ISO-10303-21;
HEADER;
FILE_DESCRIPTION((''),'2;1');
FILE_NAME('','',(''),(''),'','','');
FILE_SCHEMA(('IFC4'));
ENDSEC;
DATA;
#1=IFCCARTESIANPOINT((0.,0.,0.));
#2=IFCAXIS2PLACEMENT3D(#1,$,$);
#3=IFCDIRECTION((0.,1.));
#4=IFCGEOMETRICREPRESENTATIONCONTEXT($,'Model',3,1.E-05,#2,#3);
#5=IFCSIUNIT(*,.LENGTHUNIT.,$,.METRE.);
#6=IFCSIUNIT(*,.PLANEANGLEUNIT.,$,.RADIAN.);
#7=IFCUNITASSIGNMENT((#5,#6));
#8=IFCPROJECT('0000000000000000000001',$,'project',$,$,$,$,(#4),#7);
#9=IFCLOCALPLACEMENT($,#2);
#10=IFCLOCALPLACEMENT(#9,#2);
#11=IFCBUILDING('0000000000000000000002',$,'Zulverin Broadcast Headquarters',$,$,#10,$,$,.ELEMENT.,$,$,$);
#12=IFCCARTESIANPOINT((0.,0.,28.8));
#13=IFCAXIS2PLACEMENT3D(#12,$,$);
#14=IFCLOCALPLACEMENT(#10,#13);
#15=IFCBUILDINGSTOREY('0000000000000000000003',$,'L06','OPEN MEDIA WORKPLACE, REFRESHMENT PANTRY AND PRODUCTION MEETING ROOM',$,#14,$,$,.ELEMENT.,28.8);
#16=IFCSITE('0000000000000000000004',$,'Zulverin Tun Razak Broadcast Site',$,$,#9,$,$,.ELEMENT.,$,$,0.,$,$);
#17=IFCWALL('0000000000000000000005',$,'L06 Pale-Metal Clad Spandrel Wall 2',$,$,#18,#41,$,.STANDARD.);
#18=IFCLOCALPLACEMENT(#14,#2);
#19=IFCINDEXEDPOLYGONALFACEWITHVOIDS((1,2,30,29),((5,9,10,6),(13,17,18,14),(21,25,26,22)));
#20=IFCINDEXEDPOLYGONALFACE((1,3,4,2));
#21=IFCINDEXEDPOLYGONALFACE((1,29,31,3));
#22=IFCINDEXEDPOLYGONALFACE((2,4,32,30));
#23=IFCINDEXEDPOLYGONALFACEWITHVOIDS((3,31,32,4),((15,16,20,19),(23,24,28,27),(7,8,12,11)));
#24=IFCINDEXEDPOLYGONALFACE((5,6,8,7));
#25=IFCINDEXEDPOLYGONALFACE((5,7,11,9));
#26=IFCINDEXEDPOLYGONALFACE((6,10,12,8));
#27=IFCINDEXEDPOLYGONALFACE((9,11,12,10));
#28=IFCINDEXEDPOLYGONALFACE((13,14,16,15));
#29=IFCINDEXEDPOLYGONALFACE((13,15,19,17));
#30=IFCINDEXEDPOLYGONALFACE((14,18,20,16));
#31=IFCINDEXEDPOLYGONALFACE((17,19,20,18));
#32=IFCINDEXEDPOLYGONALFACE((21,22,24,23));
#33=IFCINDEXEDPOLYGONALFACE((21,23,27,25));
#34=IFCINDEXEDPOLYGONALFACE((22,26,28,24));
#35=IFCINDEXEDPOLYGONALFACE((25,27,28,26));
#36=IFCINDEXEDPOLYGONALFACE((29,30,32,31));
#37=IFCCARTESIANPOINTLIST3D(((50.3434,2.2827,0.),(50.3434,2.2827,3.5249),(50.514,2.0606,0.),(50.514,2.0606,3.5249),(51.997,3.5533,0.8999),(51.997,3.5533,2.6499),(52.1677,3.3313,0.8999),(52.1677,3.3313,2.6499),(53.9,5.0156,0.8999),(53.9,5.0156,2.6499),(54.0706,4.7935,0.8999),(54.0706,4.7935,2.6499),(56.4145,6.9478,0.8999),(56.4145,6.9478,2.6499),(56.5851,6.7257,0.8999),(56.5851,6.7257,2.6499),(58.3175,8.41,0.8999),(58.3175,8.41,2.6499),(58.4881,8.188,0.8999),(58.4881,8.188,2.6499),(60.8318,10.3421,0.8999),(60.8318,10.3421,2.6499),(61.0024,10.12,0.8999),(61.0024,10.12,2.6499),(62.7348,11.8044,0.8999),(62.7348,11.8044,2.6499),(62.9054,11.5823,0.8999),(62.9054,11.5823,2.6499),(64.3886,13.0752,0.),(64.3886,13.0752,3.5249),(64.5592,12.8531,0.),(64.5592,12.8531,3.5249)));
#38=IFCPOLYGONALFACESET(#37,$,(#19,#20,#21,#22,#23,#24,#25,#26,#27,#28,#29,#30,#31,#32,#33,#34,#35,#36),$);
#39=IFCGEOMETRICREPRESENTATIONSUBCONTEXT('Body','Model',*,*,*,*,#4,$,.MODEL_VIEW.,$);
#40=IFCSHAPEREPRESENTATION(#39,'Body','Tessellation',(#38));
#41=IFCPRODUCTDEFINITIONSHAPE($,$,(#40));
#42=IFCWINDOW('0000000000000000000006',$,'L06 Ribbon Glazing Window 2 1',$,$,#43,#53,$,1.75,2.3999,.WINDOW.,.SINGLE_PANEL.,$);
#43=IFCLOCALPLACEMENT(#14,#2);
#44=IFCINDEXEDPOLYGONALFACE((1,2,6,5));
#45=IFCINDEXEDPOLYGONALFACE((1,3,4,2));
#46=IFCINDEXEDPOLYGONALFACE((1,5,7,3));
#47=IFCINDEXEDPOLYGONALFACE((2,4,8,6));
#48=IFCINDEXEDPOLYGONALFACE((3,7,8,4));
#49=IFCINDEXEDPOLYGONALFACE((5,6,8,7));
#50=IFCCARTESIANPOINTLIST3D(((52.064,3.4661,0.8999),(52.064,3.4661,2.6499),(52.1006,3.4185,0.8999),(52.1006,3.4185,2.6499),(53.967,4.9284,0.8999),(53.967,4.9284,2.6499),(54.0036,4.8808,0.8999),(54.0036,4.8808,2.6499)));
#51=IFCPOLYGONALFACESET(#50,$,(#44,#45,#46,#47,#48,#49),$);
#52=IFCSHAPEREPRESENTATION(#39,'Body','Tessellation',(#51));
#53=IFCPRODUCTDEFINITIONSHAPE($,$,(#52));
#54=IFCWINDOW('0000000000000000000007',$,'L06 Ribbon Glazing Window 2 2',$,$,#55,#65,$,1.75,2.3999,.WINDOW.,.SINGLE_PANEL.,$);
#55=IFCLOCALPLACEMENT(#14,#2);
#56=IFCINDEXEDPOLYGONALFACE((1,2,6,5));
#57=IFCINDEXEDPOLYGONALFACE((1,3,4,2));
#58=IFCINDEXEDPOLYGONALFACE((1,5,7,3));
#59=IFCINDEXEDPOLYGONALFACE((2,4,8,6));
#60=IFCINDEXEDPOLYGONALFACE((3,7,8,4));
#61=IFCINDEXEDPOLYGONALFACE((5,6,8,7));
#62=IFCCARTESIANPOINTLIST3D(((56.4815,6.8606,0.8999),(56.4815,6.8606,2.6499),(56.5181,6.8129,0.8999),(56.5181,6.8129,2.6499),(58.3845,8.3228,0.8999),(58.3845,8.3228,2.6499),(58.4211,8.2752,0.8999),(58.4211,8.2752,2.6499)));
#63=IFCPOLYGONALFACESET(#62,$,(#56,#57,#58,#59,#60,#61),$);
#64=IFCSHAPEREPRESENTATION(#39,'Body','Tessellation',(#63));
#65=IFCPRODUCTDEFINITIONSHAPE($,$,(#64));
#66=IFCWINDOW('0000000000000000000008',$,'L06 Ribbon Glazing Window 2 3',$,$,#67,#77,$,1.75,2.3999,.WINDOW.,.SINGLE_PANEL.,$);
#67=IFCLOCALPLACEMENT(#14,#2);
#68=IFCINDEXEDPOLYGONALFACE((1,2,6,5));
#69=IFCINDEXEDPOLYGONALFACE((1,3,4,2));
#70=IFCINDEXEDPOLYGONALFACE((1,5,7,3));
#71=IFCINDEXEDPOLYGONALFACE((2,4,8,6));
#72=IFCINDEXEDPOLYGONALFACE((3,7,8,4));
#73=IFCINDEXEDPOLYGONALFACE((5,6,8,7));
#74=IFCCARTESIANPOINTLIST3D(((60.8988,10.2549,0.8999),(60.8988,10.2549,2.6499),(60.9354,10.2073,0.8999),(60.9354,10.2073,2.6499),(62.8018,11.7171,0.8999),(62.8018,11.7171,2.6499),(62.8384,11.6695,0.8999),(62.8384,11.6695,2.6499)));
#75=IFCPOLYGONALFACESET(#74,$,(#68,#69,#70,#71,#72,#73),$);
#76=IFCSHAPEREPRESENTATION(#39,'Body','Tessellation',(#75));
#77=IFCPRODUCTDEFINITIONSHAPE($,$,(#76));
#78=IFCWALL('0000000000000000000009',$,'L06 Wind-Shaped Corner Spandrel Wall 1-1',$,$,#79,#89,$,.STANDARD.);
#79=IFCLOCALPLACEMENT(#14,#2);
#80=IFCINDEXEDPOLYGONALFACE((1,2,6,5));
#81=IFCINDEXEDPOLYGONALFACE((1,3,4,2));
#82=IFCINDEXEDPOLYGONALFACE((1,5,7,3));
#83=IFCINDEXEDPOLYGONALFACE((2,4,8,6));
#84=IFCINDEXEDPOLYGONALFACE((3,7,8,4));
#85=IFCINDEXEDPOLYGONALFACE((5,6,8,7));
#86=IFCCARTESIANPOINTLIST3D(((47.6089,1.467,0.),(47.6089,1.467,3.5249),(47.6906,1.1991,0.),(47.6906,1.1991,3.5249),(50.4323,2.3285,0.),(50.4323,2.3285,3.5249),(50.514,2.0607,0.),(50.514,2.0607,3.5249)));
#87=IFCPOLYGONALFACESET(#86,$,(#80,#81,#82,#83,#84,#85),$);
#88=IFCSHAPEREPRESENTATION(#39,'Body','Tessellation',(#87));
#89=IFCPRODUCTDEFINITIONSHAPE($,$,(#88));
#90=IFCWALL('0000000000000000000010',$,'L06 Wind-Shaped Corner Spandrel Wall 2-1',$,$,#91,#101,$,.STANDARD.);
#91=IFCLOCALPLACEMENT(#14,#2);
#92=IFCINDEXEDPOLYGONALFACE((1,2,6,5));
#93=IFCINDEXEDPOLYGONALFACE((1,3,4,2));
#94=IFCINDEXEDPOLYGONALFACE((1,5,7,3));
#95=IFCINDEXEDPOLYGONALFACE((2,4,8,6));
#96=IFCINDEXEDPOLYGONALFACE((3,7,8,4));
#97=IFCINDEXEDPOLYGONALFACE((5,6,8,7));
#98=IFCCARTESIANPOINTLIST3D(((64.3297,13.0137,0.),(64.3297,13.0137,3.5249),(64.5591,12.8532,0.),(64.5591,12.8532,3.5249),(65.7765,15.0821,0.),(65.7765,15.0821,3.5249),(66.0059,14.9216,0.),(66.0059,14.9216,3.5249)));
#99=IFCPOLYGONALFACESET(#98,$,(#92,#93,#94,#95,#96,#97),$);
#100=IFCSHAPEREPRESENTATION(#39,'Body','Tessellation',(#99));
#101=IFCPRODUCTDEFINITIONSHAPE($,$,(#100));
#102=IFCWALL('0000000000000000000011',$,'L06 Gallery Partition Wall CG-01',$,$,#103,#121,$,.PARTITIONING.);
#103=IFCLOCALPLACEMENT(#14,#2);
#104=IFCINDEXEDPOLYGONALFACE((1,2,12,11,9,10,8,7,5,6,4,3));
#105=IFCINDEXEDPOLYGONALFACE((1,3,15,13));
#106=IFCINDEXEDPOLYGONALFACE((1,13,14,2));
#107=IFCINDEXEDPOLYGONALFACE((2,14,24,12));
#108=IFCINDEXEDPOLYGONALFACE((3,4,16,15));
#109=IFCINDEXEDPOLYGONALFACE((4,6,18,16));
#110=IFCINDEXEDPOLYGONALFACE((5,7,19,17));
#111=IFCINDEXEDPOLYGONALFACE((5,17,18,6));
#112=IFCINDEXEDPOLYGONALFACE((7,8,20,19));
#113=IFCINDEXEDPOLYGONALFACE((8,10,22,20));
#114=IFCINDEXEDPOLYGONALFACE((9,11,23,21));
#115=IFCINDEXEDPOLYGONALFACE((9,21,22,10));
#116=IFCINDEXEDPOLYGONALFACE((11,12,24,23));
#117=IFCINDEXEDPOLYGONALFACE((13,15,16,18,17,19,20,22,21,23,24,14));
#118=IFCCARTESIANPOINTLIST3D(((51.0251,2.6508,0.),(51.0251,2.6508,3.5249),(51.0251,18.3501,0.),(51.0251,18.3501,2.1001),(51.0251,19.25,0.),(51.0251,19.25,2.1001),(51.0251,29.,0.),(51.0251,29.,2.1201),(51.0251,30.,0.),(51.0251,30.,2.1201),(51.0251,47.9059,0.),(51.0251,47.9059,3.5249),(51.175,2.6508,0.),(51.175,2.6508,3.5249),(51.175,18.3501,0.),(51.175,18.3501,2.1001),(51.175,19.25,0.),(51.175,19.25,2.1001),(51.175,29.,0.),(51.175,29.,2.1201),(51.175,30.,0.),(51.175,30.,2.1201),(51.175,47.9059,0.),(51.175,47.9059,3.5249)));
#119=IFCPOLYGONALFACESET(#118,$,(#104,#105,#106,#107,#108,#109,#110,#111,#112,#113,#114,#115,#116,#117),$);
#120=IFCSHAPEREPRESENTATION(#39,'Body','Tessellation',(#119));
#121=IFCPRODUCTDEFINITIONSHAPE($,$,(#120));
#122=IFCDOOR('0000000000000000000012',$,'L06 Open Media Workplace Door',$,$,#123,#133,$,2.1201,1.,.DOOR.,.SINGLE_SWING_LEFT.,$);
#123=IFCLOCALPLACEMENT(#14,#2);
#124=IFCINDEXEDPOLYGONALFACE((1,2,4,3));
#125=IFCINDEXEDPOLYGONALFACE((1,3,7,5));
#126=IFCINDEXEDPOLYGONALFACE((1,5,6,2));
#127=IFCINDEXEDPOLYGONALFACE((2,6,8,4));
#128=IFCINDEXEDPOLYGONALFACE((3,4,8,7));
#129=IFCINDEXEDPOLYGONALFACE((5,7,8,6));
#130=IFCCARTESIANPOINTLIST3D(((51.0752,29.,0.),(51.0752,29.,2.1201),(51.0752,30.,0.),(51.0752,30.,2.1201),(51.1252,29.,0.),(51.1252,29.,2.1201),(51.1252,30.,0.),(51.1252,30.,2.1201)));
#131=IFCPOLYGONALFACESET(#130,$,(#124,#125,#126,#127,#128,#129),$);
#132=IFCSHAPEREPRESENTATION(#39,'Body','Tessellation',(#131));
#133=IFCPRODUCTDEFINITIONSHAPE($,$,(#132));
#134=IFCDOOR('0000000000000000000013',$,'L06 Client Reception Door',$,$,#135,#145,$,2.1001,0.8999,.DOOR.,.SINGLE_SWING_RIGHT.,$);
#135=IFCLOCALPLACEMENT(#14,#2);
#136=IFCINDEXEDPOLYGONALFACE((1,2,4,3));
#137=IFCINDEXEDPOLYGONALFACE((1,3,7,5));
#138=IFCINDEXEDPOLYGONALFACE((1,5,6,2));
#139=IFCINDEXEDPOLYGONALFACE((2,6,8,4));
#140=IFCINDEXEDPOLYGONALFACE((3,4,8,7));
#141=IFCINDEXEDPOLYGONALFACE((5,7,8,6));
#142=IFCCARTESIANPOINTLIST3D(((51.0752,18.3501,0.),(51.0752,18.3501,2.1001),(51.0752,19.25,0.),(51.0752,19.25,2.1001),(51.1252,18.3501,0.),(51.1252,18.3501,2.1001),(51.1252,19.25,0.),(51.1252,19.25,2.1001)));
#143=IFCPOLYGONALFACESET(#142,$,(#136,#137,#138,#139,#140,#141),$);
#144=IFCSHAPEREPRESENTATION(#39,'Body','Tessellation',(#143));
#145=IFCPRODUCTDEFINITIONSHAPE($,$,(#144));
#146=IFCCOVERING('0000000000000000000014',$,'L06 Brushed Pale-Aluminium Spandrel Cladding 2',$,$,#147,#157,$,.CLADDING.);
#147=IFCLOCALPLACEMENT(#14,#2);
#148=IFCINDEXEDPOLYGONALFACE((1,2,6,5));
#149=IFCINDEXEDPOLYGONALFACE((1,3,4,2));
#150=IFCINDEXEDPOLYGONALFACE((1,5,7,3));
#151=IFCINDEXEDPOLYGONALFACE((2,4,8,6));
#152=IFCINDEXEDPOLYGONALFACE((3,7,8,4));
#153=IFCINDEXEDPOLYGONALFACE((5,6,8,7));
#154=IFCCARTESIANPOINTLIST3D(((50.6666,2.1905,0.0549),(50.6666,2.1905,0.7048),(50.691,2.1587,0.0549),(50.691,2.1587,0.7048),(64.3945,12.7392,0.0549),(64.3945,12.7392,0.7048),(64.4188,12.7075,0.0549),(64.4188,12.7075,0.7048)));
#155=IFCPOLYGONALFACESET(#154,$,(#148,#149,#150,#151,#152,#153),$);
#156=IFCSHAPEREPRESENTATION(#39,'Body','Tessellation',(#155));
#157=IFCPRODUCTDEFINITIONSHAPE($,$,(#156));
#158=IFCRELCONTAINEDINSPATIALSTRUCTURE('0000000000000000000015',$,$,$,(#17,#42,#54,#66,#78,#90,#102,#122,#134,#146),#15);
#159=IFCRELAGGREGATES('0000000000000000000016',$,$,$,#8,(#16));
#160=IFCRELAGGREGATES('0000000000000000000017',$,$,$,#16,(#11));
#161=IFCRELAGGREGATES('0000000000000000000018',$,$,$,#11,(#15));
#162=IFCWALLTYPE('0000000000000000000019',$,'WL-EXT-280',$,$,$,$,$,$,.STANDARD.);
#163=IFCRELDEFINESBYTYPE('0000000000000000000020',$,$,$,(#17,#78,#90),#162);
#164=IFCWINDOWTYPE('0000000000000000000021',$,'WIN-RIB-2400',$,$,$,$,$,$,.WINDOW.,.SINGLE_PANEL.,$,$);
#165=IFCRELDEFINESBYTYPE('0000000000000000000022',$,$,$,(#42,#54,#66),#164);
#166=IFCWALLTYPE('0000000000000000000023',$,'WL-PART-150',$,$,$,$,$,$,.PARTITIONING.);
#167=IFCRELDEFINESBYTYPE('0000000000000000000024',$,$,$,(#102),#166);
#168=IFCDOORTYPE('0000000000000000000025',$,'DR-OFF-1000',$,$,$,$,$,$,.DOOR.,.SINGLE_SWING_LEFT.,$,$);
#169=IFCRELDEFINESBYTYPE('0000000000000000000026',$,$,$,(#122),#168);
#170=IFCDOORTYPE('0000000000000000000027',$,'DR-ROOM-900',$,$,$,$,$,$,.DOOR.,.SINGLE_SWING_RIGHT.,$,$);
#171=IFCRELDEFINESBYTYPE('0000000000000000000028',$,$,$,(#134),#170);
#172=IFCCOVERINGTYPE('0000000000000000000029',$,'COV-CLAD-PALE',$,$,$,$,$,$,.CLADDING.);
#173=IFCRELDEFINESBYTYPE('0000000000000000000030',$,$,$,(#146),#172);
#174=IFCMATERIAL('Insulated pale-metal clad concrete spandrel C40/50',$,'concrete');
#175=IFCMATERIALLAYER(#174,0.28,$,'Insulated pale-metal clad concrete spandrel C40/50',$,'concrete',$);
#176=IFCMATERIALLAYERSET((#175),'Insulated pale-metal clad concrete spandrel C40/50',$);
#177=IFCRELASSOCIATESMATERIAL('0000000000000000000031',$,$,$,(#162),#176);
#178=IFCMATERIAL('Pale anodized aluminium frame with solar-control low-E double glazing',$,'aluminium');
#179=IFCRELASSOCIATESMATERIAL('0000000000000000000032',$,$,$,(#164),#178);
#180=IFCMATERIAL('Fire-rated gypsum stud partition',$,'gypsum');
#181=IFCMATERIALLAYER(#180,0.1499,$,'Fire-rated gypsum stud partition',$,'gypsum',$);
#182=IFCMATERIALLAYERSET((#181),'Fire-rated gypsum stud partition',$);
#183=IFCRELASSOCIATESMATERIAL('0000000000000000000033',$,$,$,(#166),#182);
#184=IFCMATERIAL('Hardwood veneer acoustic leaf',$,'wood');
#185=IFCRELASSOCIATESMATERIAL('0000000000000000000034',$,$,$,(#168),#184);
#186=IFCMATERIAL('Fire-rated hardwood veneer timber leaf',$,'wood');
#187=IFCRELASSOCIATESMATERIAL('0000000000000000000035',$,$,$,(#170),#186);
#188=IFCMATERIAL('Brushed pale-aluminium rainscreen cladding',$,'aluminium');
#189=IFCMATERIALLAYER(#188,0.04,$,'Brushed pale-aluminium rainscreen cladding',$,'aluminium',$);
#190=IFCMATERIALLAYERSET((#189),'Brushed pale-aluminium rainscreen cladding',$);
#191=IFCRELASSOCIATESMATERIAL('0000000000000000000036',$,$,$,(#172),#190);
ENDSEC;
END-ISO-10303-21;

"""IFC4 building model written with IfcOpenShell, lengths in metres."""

from ifc_helpers import new_model, si_unit, direction, frame, frame_2d, origin, origin_2d, place, context, subcontext, project, spatial, rectangle, extrude, material, layer, layer_set, type_object, element, fill, save


model = new_model("IFC4")

# Units and contexts
model_context = context("Model", 3, precision=1e-05, world=origin(), true_north=direction((0.0, 1.0)))
body_context = subcontext(model_context, "Body", "Model", "MODEL_VIEW")
ifc_project = project(units=[si_unit("LENGTHUNIT", "METRE"), si_unit("PLANEANGLEUNIT", "RADIAN")], contexts=[model_context])

# Site, building, storey
site_placement = place(None, origin())
site = spatial("IfcSite", under=ifc_project, at=site_placement, Name="Zulverin Tun Razak Broadcast Site", CompositionType="ELEMENT", RefElevation=0.0)
building_placement = place(site_placement, origin())
building = spatial("IfcBuilding", under=site, at=building_placement, Name="Zulverin Broadcast Headquarters", CompositionType="ELEMENT")
storey_placement = place(building_placement, frame((0.0, 0.0, 28.8)))
storey = spatial("IfcBuildingStorey", under=building, at=storey_placement, Name="L06", Description="OPEN MEDIA WORKPLACE, REFRESHMENT PANTRY AND PRODUCTION MEETING ROOM", CompositionType="ELEMENT", Elevation=28.8)

# Wall, openings, windows
ifc_material_1 = material(Name="Insulated pale-metal clad concrete spandrel C40/50", Category="concrete")
ifc_layer_1 = layer(ifc_material_1, 0.28, Name="Insulated pale-metal clad concrete spandrel C40/50", Category="concrete")
ifc_layer_set_1 = layer_set([ifc_layer_1], Name="Insulated pale-metal clad concrete spandrel C40/50")
wall_type_1 = type_object("IfcWallType", Name="WL-EXT-280", PredefinedType="STANDARD", material=ifc_layer_set_1)
wall_1_placement = place(storey_placement, frame((50.4287, 2.1716, 0.0), z_axis=(0.0, 0.0, 1.0), x_axis=(0.792937, 0.609303, 0.0)))
wall_1 = element("IfcWall", 1, at=wall_1_placement, inside=storey, type_object=wall_type_1, Name="L06 Pale-Metal Clad Spandrel Wall 2", PredefinedType="STANDARD", context=body_context, shape_type="SweptSolid", body=[
    extrude(rectangle(XDim=17.7129, YDim=0.28, at=frame_2d((8.8564, 0.0))), origin(), (0.0, 0.0, 1.0), 3.5249),
])
opening_1_placement = place(wall_1_placement, frame((2.0854, 0.0, 0.8999)))
opening_1 = element("IfcOpeningElement", 2, at=opening_1_placement, cuts=wall_1, PredefinedType="OPENING", context=body_context, shape_type="SweptSolid", body=[
    extrude(rectangle(XDim=2.3999, YDim=1.75, at=frame_2d((1.2, 0.875))), frame((0.0, 0.1499, 0.0), z_axis=(0.0, -1.0, 0.0), x_axis=(1.0, 0.0, 0.0)), (0.0, 0.0, 1.0), 0.3),
])
opening_2_placement = place(wall_1_placement, frame((7.6565, 0.0, 0.8999)))
opening_2 = element("IfcOpeningElement", 3, at=opening_2_placement, cuts=wall_1, PredefinedType="OPENING", context=body_context, shape_type="SweptSolid", body=[
    extrude(rectangle(XDim=2.3999, YDim=1.75, at=frame_2d((1.2, 0.875))), frame((0.0, 0.1499, 0.0), z_axis=(0.0, -1.0, 0.0), x_axis=(1.0, 0.0, 0.0)), (0.0, 0.0, 1.0), 0.3),
])
opening_3_placement = place(wall_1_placement, frame((13.2273, 0.0, 0.8999)))
opening_3 = element("IfcOpeningElement", 4, at=opening_3_placement, cuts=wall_1, PredefinedType="OPENING", context=body_context, shape_type="SweptSolid", body=[
    extrude(rectangle(XDim=2.3999, YDim=1.75, at=frame_2d((1.2, 0.875))), frame((0.0, 0.1499, 0.0), z_axis=(0.0, -1.0, 0.0), x_axis=(1.0, 0.0, 0.0)), (0.0, 0.0, 1.0), 0.3),
])
ifc_material_2 = material(Name="Pale anodized aluminium frame with solar-control low-E double glazing", Category="aluminium")
window_type = type_object("IfcWindowType", Name="WIN-RIB-2400", PartitioningType="SINGLE_PANEL", PredefinedType="WINDOW", material=ifc_material_2)
window_1_placement = place(opening_1_placement, origin())
window_1 = element("IfcWindow", 5, at=window_1_placement, inside=storey, type_object=window_type, Name="L06 Ribbon Glazing Window 2 1", OverallHeight=1.75, OverallWidth=2.3999, PartitioningType="SINGLE_PANEL", PredefinedType="WINDOW", context=body_context, shape_type="SweptSolid", body=[
    extrude(rectangle(XDim=2.3999, YDim=1.75, at=frame_2d((1.2, 0.875))), frame((0.0, 0.03, 0.0), z_axis=(0.0, -1.0, 0.0), x_axis=(1.0, 0.0, 0.0)), (0.0, 0.0, 1.0), 0.0601),
])
fill(opening_1, window_1)
window_2_placement = place(opening_2_placement, origin())
window_2 = element("IfcWindow", 6, at=window_2_placement, inside=storey, type_object=window_type, Name="L06 Ribbon Glazing Window 2 2", OverallHeight=1.75, OverallWidth=2.3999, PartitioningType="SINGLE_PANEL", PredefinedType="WINDOW", context=body_context, shape_type="SweptSolid", body=[
    extrude(rectangle(XDim=2.3999, YDim=1.75, at=frame_2d((1.2, 0.875))), frame((0.0, 0.03, 0.0), z_axis=(0.0, -1.0, 0.0), x_axis=(1.0, 0.0, 0.0)), (0.0, 0.0, 1.0), 0.0601),
])
fill(opening_2, window_2)
window_3_placement = place(opening_3_placement, origin())
window_3 = element("IfcWindow", 7, at=window_3_placement, inside=storey, type_object=window_type, Name="L06 Ribbon Glazing Window 2 3", OverallHeight=1.75, OverallWidth=2.3999, PartitioningType="SINGLE_PANEL", PredefinedType="WINDOW", context=body_context, shape_type="SweptSolid", body=[
    extrude(rectangle(XDim=2.3999, YDim=1.75, at=frame_2d((1.2, 0.875))), frame((0.0, 0.03, 0.0), z_axis=(0.0, -1.0, 0.0), x_axis=(1.0, 0.0, 0.0)), (0.0, 0.0, 1.0), 0.0601),
])
fill(opening_3, window_3)

# Walls
wall_2_placement = place(storey_placement, frame((47.6497, 1.333, 0.0), z_axis=(0.0, 0.0, 1.0), x_axis=(0.956461, 0.291859, 0.0)))
element("IfcWall", 8, at=wall_2_placement, inside=storey, type_object=wall_type_1, Name="L06 Wind-Shaped Corner Spandrel Wall 1-1", PredefinedType="STANDARD", context=body_context, shape_type="SweptSolid", body=[
    extrude(rectangle(XDim=2.9519, YDim=0.28, at=frame_2d((1.4761, 0.0))), origin(), (0.0, 0.0, 1.0), 3.5249),
])
wall_3_placement = place(storey_placement, frame((64.4443, 12.9333, 0.0), z_axis=(0.0, 0.0, 1.0), x_axis=(0.573177, 0.819432, 0.0)))
element("IfcWall", 9, at=wall_3_placement, inside=storey, type_object=wall_type_1, Name="L06 Wind-Shaped Corner Spandrel Wall 2-1", PredefinedType="STANDARD", context=body_context, shape_type="SweptSolid", body=[
    extrude(rectangle(XDim=2.5242, YDim=0.28, at=frame_2d((1.2622, 0.0))), origin(), (0.0, 0.0, 1.0), 3.5249),
])

# Wall, openings, doors
ifc_material_3 = material(Name="Fire-rated gypsum stud partition", Category="gypsum")
ifc_layer_2 = layer(ifc_material_3, 0.1499, Name="Fire-rated gypsum stud partition", Category="gypsum")
ifc_layer_set_2 = layer_set([ifc_layer_2], Name="Fire-rated gypsum stud partition")
wall_type_2 = type_object("IfcWallType", Name="WL-PART-150", PredefinedType="PARTITIONING", material=ifc_layer_set_2)
wall_4_placement = place(storey_placement, frame((51.1001, 2.6509, 0.0), z_axis=(0.0, 0.0, 1.0), x_axis=(0.0, 1.0, 0.0)))
wall_4 = element("IfcWall", 10, at=wall_4_placement, inside=storey, type_object=wall_type_2, Name="L06 Gallery Partition Wall CG-01", PredefinedType="PARTITIONING", context=body_context, shape_type="SweptSolid", body=[
    extrude(rectangle(XDim=45.2551, YDim=0.1499, at=frame_2d((22.6274, 0.0))), origin(), (0.0, 0.0, 1.0), 3.5249),
])
opening_4_placement = place(wall_4_placement, frame((15.6992, 0.0, 0.0)))
opening_4 = element("IfcOpeningElement", 11, at=opening_4_placement, cuts=wall_4, PredefinedType="OPENING", context=body_context, shape_type="SweptSolid", body=[
    extrude(rectangle(XDim=0.8999, YDim=2.1001, at=frame_2d((0.45, 1.05))), frame((0.0, 0.085, 0.0), z_axis=(0.0, -1.0, 0.0), x_axis=(1.0, 0.0, 0.0)), (0.0, 0.0, 1.0), 0.1699),
])
opening_5_placement = place(wall_4_placement, frame((26.3491, 0.0, 0.0)))
opening_5 = element("IfcOpeningElement", 12, at=opening_5_placement, cuts=wall_4, PredefinedType="OPENING", context=body_context, shape_type="SweptSolid", body=[
    extrude(rectangle(XDim=1.0, YDim=2.1201, at=frame_2d((0.5, 1.0601))), frame((0.0, 0.085, 0.0), z_axis=(0.0, -1.0, 0.0), x_axis=(1.0, 0.0, 0.0)), (0.0, 0.0, 1.0), 0.1699),
])
ifc_material_4 = material(Name="Hardwood veneer acoustic leaf", Category="wood")
door_type_1 = type_object("IfcDoorType", Name="DR-OFF-1000", OperationType="SINGLE_SWING_LEFT", PredefinedType="DOOR", material=ifc_material_4)
door_1_placement = place(opening_5_placement, origin())
door_1 = element("IfcDoor", 13, at=door_1_placement, inside=storey, type_object=door_type_1, Name="L06 Open Media Workplace Door", OperationType="SINGLE_SWING_LEFT", OverallHeight=2.1201, OverallWidth=1.0, PredefinedType="DOOR", context=body_context, shape_type="SweptSolid", body=[
    extrude(rectangle(XDim=1.0, YDim=2.1201, at=frame_2d((0.5, 1.0601))), frame((0.0, 0.0249, 0.0), z_axis=(0.0, -1.0, 0.0), x_axis=(1.0, 0.0, 0.0)), (0.0, 0.0, 1.0), 0.05),
])
fill(opening_5, door_1)
ifc_material_5 = material(Name="Fire-rated hardwood veneer timber leaf", Category="wood")
door_type_2 = type_object("IfcDoorType", Name="DR-ROOM-900", OperationType="SINGLE_SWING_RIGHT", PredefinedType="DOOR", material=ifc_material_5)
door_2_placement = place(opening_4_placement, origin())
door_2 = element("IfcDoor", 14, at=door_2_placement, inside=storey, type_object=door_type_2, Name="L06 Client Reception Door", OperationType="SINGLE_SWING_RIGHT", OverallHeight=2.1001, OverallWidth=0.8999, PredefinedType="DOOR", context=body_context, shape_type="SweptSolid", body=[
    extrude(rectangle(XDim=0.8999, YDim=2.1001, at=frame_2d((0.45, 1.05))), frame((0.0, 0.0249, 0.0), z_axis=(0.0, -1.0, 0.0), x_axis=(1.0, 0.0, 0.0)), (0.0, 0.0, 1.0), 0.05),
])
fill(opening_4, door_2)

# Covering
ifc_material_6 = material(Name="Brushed pale-aluminium rainscreen cladding", Category="aluminium")
ifc_layer_3 = layer(ifc_material_6, 0.04, Name="Brushed pale-aluminium rainscreen cladding", Category="aluminium")
ifc_layer_set_3 = layer_set([ifc_layer_3], Name="Brushed pale-aluminium rainscreen cladding")
covering_type = type_object("IfcCoveringType", Name="COV-CLAD-PALE", PredefinedType="CLADDING", material=ifc_layer_set_3)
covering_placement = place(storey_placement, frame((57.5427, 7.449, 0.0549), z_axis=(0.0, 0.0, 1.0), x_axis=(0.792933, 0.609308, 0.0)))
element("IfcCovering", 15, at=covering_placement, inside=storey, type_object=covering_type, Name="L06 Brushed Pale-Aluminium Spandrel Cladding 2", PredefinedType="CLADDING", context=body_context, shape_type="SweptSolid", body=[
    extrude(rectangle(XDim=17.3127, YDim=0.04, at=origin_2d()), origin(), (0.0, 0.0, 1.0), 0.6499),
])

save(model, "model.ifc")
